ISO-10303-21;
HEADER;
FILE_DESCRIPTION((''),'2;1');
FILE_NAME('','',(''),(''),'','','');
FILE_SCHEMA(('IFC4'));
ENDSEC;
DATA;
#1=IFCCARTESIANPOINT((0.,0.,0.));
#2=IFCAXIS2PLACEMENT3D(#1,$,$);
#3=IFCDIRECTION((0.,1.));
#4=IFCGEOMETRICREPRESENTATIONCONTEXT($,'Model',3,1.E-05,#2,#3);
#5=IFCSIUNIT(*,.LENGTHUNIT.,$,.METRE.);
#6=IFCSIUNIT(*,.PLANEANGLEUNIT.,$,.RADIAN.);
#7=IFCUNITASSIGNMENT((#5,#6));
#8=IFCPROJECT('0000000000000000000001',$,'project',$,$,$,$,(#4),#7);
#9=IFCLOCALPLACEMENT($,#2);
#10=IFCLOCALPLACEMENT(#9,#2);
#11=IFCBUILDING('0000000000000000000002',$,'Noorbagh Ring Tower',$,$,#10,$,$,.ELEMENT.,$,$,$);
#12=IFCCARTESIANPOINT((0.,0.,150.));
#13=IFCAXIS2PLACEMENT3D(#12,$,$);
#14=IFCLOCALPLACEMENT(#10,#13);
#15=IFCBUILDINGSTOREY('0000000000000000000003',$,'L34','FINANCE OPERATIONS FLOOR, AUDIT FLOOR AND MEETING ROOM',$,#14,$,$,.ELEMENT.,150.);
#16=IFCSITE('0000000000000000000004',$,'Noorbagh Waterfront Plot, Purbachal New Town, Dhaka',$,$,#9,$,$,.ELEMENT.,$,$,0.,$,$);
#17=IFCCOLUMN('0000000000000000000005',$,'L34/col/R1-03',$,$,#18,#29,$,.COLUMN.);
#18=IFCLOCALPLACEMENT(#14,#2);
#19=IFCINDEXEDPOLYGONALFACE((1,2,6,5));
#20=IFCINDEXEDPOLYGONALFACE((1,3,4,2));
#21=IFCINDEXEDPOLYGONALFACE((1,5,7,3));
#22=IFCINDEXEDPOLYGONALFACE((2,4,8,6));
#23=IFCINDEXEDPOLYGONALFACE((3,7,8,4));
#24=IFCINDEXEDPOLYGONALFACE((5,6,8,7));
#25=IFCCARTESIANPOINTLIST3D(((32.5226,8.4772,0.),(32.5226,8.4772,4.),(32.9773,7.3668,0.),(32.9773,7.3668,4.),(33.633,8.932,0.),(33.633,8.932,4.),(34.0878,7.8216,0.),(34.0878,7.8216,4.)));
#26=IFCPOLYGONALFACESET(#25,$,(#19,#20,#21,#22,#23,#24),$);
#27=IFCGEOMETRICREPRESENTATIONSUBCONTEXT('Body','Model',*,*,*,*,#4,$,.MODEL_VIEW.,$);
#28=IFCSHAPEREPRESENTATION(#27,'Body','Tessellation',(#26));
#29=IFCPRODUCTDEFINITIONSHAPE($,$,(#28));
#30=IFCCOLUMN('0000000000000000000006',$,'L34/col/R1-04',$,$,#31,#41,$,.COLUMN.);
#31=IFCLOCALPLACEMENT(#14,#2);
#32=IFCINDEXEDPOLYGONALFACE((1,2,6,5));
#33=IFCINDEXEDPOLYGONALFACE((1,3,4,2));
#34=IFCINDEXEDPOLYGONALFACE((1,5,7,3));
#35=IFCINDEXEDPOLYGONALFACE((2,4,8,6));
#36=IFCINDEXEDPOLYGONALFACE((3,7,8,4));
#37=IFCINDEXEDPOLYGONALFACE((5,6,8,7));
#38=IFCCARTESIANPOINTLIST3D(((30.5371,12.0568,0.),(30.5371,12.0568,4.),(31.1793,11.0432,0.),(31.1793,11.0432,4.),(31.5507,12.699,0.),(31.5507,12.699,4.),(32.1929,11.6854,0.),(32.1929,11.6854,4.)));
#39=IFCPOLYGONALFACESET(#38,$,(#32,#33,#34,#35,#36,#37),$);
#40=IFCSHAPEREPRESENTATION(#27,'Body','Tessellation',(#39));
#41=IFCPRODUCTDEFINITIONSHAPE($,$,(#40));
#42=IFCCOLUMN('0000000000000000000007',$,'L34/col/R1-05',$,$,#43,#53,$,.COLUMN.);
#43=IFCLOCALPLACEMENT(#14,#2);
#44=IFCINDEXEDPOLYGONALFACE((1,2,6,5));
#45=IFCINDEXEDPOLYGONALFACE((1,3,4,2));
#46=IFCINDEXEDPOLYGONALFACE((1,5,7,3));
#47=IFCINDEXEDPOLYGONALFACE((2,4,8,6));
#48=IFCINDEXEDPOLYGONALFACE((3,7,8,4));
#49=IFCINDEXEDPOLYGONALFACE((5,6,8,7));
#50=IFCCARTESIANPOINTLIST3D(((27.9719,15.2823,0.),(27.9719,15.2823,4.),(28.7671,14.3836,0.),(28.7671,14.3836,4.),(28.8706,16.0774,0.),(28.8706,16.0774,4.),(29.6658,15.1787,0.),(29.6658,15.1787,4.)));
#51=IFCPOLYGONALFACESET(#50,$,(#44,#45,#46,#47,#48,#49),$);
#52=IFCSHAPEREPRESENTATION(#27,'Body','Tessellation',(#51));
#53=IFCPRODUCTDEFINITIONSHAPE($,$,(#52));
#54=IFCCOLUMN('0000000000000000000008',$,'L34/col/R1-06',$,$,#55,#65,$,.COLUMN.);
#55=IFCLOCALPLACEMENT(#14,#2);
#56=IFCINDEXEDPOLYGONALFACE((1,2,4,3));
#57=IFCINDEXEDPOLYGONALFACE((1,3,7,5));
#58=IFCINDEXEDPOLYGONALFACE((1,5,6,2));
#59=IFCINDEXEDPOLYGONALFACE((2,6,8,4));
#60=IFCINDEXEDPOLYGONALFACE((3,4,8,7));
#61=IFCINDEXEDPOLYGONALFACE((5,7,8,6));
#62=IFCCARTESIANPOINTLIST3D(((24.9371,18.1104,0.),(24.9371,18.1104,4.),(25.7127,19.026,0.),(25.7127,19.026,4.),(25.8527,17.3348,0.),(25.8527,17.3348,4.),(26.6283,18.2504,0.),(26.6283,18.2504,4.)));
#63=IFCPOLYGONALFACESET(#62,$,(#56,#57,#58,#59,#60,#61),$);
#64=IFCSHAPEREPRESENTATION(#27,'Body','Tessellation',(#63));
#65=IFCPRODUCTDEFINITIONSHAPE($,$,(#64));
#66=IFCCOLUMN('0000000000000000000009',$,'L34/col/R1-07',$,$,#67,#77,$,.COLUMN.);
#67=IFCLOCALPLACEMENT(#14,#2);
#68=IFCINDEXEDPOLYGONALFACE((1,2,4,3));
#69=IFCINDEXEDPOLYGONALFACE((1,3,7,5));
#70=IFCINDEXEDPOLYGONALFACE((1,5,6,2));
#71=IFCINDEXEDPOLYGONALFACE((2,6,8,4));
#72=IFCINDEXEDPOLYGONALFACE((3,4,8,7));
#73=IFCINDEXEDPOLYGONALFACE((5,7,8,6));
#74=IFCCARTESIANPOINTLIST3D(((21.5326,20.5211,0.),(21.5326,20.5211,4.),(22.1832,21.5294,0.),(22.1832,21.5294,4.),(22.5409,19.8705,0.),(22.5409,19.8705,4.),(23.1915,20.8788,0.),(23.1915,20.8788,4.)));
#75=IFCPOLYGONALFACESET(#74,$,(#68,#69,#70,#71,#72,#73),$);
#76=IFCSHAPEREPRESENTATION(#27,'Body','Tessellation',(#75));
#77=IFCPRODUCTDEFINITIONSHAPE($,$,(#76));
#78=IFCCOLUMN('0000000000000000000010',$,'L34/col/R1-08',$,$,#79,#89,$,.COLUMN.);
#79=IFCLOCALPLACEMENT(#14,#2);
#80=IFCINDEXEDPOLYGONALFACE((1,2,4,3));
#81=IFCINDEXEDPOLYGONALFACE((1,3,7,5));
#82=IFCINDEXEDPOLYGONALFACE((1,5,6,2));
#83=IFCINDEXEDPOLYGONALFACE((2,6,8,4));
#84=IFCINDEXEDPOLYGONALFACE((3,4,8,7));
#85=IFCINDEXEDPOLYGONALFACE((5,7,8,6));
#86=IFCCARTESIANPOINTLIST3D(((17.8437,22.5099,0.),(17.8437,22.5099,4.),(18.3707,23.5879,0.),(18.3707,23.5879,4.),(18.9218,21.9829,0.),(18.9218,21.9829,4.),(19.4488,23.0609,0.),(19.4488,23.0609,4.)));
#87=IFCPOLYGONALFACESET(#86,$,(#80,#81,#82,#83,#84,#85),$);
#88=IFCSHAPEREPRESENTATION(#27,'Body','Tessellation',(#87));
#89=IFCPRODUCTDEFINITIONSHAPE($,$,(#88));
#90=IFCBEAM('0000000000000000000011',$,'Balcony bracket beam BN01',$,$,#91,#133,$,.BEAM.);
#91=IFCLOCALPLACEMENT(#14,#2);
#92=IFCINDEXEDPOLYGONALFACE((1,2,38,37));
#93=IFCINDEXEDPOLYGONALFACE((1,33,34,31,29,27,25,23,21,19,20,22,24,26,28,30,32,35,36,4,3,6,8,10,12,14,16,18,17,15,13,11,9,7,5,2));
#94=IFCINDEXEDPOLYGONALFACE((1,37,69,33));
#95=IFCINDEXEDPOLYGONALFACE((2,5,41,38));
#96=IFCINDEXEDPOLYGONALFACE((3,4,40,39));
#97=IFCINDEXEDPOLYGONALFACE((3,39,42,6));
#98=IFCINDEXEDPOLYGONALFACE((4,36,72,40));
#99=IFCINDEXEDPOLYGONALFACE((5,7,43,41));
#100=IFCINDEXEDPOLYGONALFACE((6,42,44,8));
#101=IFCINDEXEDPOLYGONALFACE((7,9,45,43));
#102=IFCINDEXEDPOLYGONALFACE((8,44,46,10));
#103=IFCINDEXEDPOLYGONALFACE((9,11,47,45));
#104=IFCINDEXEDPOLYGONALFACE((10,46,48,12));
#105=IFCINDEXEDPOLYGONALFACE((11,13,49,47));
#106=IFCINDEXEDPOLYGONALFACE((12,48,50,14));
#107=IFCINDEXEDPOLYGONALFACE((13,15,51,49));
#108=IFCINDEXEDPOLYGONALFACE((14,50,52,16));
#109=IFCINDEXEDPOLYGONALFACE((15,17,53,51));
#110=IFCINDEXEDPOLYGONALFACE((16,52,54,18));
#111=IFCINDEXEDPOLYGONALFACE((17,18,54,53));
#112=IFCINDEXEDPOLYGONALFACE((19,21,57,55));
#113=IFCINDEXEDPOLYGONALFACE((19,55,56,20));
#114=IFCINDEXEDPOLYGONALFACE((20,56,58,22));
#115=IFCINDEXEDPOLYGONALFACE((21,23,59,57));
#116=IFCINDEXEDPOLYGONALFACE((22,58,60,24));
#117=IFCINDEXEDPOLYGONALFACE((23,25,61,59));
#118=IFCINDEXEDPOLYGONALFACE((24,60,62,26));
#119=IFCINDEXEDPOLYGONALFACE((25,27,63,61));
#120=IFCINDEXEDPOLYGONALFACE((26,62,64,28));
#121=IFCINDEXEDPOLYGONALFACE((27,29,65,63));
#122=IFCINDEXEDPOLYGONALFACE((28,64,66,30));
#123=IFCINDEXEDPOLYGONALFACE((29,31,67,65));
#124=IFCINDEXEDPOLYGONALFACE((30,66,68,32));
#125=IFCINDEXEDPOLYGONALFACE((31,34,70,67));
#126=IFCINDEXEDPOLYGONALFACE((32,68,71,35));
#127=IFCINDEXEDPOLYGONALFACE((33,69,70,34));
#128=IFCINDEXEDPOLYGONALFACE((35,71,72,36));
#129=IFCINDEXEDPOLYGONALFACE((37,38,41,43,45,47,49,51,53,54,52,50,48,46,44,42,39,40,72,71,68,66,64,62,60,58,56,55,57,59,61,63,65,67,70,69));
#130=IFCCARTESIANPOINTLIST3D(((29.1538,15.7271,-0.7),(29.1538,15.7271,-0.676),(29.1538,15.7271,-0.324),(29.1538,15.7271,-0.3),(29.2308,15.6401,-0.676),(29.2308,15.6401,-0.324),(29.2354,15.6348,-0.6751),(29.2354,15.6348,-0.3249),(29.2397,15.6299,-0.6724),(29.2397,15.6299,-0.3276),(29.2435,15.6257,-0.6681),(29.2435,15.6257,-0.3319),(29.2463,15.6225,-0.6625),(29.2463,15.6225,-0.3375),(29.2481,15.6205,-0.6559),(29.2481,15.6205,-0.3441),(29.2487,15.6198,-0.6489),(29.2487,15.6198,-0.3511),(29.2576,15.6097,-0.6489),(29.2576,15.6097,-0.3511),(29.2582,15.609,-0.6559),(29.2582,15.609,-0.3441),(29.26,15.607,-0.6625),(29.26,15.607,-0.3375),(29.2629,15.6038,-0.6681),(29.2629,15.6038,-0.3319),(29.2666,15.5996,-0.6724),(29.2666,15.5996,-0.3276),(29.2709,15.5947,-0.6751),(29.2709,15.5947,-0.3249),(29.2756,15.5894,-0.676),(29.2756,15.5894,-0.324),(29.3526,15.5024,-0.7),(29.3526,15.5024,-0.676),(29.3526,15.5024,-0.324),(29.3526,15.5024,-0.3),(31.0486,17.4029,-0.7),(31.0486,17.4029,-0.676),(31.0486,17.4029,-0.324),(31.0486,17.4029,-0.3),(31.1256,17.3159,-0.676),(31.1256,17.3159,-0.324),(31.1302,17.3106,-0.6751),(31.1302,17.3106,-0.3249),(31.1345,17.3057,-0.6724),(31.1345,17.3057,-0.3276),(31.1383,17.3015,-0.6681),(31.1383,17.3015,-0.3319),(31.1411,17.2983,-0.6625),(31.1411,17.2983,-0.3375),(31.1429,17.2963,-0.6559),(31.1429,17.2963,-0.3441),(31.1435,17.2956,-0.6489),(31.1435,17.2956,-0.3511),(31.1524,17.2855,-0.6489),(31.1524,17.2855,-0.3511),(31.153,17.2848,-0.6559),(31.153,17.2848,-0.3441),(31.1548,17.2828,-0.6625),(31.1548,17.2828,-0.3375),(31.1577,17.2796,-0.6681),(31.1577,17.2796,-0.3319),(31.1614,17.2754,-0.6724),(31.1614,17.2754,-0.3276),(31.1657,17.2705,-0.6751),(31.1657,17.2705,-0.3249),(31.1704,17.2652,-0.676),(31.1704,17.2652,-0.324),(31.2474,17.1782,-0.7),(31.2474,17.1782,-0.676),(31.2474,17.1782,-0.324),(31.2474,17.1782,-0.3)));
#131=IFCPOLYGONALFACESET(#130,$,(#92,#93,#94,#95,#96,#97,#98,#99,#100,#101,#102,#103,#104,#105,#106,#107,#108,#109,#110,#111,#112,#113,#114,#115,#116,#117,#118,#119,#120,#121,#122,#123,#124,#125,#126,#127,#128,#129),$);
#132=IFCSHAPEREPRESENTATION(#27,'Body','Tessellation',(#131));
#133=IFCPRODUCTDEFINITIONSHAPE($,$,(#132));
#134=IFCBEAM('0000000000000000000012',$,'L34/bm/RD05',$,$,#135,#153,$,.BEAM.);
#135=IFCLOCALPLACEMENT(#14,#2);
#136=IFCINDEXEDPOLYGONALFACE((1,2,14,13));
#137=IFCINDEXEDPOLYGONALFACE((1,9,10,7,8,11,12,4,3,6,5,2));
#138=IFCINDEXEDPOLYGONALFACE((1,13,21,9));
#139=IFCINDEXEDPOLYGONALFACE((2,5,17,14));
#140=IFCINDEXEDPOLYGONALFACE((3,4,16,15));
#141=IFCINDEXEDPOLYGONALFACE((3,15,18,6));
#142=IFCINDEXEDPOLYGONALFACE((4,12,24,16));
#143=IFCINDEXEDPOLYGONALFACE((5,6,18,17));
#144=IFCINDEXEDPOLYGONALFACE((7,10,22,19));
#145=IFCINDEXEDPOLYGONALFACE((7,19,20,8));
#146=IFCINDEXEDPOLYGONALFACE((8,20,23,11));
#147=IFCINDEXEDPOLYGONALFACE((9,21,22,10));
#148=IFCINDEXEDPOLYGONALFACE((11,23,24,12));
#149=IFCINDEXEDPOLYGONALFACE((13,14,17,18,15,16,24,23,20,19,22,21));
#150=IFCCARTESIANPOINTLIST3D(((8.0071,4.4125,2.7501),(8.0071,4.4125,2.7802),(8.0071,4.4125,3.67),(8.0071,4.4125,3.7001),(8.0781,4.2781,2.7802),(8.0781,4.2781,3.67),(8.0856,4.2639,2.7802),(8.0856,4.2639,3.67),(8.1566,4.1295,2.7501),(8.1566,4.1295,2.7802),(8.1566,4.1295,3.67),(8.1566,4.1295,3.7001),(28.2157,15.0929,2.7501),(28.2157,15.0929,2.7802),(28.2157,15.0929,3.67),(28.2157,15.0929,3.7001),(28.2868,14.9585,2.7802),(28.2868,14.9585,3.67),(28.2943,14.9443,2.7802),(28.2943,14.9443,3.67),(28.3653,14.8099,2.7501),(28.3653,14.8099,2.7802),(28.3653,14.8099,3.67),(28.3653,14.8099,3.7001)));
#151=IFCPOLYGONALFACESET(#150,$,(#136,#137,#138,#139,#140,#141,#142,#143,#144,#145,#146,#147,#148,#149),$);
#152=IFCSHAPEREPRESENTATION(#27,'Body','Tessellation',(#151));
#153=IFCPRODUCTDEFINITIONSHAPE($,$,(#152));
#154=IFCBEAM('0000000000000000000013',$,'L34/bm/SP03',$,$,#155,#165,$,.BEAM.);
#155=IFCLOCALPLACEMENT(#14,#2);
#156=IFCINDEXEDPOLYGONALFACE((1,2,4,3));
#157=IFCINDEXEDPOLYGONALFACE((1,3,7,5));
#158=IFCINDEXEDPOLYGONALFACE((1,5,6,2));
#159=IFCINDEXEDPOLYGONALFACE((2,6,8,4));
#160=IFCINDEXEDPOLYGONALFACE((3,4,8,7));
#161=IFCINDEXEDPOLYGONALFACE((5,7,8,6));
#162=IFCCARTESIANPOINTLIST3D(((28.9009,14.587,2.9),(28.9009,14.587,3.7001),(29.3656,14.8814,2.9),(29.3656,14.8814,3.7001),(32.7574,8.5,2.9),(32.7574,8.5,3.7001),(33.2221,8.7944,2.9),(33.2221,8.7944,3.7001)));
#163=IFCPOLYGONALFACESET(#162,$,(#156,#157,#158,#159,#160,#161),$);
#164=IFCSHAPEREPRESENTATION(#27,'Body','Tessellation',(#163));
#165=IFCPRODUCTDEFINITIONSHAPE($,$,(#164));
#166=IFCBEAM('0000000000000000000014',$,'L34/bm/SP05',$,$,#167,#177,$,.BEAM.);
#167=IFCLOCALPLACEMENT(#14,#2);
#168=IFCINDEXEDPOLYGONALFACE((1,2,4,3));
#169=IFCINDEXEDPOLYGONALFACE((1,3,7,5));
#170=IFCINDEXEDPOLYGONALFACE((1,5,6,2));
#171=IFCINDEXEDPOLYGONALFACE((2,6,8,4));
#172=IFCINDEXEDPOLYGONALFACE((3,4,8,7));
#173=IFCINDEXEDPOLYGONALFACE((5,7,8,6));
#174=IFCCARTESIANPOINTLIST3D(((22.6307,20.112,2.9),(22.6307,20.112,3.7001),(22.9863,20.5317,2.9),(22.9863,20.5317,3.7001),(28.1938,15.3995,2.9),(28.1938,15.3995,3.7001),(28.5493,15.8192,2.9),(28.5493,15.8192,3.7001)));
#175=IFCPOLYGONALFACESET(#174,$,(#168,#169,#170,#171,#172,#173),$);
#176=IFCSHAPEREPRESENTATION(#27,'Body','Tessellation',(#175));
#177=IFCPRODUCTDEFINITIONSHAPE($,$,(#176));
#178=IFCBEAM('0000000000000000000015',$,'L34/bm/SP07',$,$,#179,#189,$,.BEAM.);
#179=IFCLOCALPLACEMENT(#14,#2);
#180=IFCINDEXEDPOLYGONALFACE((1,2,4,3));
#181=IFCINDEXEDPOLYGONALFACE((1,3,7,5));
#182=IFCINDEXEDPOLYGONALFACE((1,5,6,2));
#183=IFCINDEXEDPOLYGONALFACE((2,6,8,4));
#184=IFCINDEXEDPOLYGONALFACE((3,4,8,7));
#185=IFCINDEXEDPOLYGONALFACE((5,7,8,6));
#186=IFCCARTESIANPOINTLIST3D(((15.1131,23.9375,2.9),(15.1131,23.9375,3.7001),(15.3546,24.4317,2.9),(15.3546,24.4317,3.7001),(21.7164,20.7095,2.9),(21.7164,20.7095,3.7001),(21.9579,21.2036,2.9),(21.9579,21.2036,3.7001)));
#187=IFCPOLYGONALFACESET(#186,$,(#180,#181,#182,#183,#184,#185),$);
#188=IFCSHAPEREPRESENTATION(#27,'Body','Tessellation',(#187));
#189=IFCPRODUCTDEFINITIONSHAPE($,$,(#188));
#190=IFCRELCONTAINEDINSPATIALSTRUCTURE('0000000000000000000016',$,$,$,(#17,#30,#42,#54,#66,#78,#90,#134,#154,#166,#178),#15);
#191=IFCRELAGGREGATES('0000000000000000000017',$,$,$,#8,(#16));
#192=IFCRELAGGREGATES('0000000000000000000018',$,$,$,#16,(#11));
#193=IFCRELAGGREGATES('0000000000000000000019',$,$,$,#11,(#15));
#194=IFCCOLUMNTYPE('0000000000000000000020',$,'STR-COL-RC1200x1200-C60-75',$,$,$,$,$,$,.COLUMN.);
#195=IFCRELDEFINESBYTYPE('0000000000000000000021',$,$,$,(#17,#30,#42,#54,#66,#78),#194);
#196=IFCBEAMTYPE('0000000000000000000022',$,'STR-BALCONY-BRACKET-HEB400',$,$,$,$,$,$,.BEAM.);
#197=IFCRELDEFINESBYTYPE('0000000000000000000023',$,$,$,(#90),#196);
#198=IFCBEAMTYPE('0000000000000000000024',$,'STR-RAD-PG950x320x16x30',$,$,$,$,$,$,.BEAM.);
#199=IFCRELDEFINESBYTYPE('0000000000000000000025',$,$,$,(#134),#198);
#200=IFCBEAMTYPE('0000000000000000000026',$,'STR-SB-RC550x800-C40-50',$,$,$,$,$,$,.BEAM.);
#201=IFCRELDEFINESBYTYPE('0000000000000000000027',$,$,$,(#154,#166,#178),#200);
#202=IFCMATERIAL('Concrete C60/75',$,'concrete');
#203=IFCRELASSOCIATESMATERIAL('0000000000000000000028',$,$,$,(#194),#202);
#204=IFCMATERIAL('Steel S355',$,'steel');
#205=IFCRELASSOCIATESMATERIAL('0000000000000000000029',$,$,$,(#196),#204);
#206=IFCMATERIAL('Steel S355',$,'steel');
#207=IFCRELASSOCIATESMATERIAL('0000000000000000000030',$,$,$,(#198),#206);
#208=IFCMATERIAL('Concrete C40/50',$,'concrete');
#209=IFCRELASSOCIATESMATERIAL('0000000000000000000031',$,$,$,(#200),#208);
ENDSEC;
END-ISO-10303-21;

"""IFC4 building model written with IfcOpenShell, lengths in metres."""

from ifc_helpers import new_model, si_unit, direction, frame, origin, origin_2d, place, context, subcontext, project, spatial, rectangle, i_section, extrude, material, material_profile, profile_set, type_object, element, save


model = new_model("IFC4")

# Units and contexts
model_context = context("Model", 3, precision=1e-05, world=origin(), true_north=direction((0.0, 1.0)))
body_context = subcontext(model_context, "Body", "Model", "MODEL_VIEW")
ifc_project = project(units=[si_unit("LENGTHUNIT", "METRE"), si_unit("PLANEANGLEUNIT", "RADIAN")], contexts=[model_context])

# Site, building, storey
site_placement = place(None, origin())
site = spatial("IfcSite", under=ifc_project, at=site_placement, Name="Noorbagh Waterfront Plot, Purbachal New Town, Dhaka", CompositionType="ELEMENT", RefElevation=0.0)
building_placement = place(site_placement, origin())
building = spatial("IfcBuilding", under=site, at=building_placement, Name="Noorbagh Ring Tower", CompositionType="ELEMENT")
storey_placement = place(building_placement, frame((0.0, 0.0, 150.0)))
storey = spatial("IfcBuildingStorey", under=building, at=storey_placement, Name="L34", Description="FINANCE OPERATIONS FLOOR, AUDIT FLOOR AND MEETING ROOM", CompositionType="ELEMENT", Elevation=150.0)

# Columns
ifc_material_1 = material(Name="Concrete C60/75", Category="concrete")
ifc_material_profile_1 = material_profile(ifc_material_1, rectangle(XDim=1.2, YDim=1.2, at=origin_2d()), Name="RC1200x1200")
ifc_profile_set_1 = profile_set([ifc_material_profile_1], Name="Concrete C60/75")
column_type = type_object("IfcColumnType", Name="STR-COL-RC1200x1200-C60-75", PredefinedType="COLUMN", material=ifc_profile_set_1)
for number, where, z_axis, x_axis, name in (
    (1, (33.3052, 8.1494, 0.0), (0.0, 0.0, 1.0), (-0.378989, 0.925401, 0.0), "L34/col/R1-03"),
    (2, (31.365, 11.8711, 0.0), (0.0, 0.0, 1.0), (-0.53519, 0.844731, 0.0), "L34/col/R1-04"),
    (3, (28.8188, 15.2305, 0.0), (0.0, 0.0, 1.0), (-0.662636, 0.748942, 0.0), "L34/col/R1-05"),
    (4, (25.7827, 18.1804, 0.0), (0.0, 0.0, 1.0), (-0.763035, 0.646357, 0.0), "L34/col/R1-06"),
    (5, (22.3621, 20.7, 0.0), (0.0, 0.0, 1.0), (-0.840248, 0.542203, 0.0), "L34/col/R1-07"),
    (6, (18.6462, 22.7854, 0.0), (0.0, 0.0, 1.0), (-0.898399, 0.43918, 0.0), "L34/col/R1-08"),
):
    element("IfcColumn", number, at=place(storey_placement, frame(where, z_axis=z_axis, x_axis=x_axis)), inside=storey, type_object=column_type, Name=name, PredefinedType="COLUMN", context=body_context, shape_type="SweptSolid", body=[
        extrude(rectangle(XDim=1.2, YDim=1.2, at=origin_2d()), origin(), (0.0, 0.0, 1.0), 4.0),
    ])

# Beams
ifc_material_2 = material(Name="Steel S355", Category="steel")
ifc_material_profile_2 = material_profile(ifc_material_2, i_section(OverallWidth=0.3, OverallDepth=0.3999, WebThickness=0.0134, FlangeThickness=0.0239, FilletRadius=0.0271, at=origin_2d()), Name="HEB400")
ifc_profile_set_2 = profile_set([ifc_material_profile_2], Name="Steel S355")
beam_type_1 = type_object("IfcBeamType", Name="STR-BALCONY-BRACKET-HEB400", PredefinedType="BEAM", material=ifc_profile_set_2)
beam_1_placement = place(storey_placement, frame((29.2532, 15.6147, -0.5), z_axis=(0.749068, 0.662493, 0.0), x_axis=(-0.662493, 0.749068, 0.0)))
element("IfcBeam", 7, at=beam_1_placement, inside=storey, type_object=beam_type_1, Name="Balcony bracket beam BN01", PredefinedType="BEAM", context=body_context, shape_type="SweptSolid", body=[
    extrude(i_section(OverallWidth=0.3, OverallDepth=0.3999, WebThickness=0.0134, FlangeThickness=0.0239, FilletRadius=0.0271, at=origin_2d()), origin(), (0.0, 0.0, 1.0), 2.5295),
])
ifc_material_3 = material(Name="Steel S355", Category="steel")
ifc_material_profile_3 = material_profile(ifc_material_3, i_section(OverallWidth=0.3201, OverallDepth=0.95, WebThickness=0.0161, FlangeThickness=0.03, at=origin_2d()), Name="PG950x320x16x30")
ifc_profile_set_3 = profile_set([ifc_material_profile_3], Name="Steel S355")
beam_type_2 = type_object("IfcBeamType", Name="STR-RAD-PG950x320x16x30", PredefinedType="BEAM", material=ifc_profile_set_3)
beam_2_placement = place(storey_placement, frame((28.2905, 14.9514, 3.2251), z_axis=(-0.884119, -0.467261, 0.0), x_axis=(0.467261, -0.884119, 0.0)))
element("IfcBeam", 8, at=beam_2_placement, inside=storey, type_object=beam_type_2, Name="L34/bm/RD05", PredefinedType="BEAM", context=body_context, shape_type="SweptSolid", body=[
    extrude(i_section(OverallWidth=0.3201, OverallDepth=0.95, WebThickness=0.0161, FlangeThickness=0.03, at=origin_2d()), origin(), (0.0, 0.0, 1.0), 22.8574),
])
ifc_material_4 = material(Name="Concrete C40/50", Category="concrete")
ifc_material_profile_4 = material_profile(ifc_material_4, rectangle(XDim=0.55, YDim=0.8, at=origin_2d()), Name="RC550x800")
ifc_profile_set_4 = profile_set([ifc_material_profile_4], Name="Concrete C40/50")
beam_type_3 = type_object("IfcBeamType", Name="STR-SB-RC550x800-C40-50", PredefinedType="BEAM", material=ifc_profile_set_4)
beam_3_placement = place(storey_placement, frame((32.9897, 8.6472, 3.3), z_axis=(-0.535191, 0.844731, 0.0), x_axis=(-0.844731, -0.535191, 0.0)))
element("IfcBeam", 9, at=beam_3_placement, inside=storey, type_object=beam_type_3, Name="L34/bm/SP03", PredefinedType="BEAM", context=body_context, shape_type="SweptSolid", body=[
    extrude(rectangle(XDim=0.55, YDim=0.8, at=origin_2d()), origin(), (0.0, 0.0, 1.0), 7.2058),
])
beam_4_placement = place(storey_placement, frame((28.3716, 15.6094, 3.3), z_axis=(-0.763031, 0.646362, 0.0), x_axis=(-0.646362, -0.763031, 0.0)))
element("IfcBeam", 10, at=beam_4_placement, inside=storey, type_object=beam_type_3, Name="L34/bm/SP05", PredefinedType="BEAM", context=body_context, shape_type="SweptSolid", body=[
    extrude(rectangle(XDim=0.55, YDim=0.8, at=origin_2d()), origin(), (0.0, 0.0, 1.0), 7.2908),
])
beam_5_placement = place(storey_placement, frame((21.8372, 20.9565, 3.3), z_axis=(-0.898397, 0.439184, 0.0), x_axis=(-0.439184, -0.898397, 0.0)))
element("IfcBeam", 11, at=beam_5_placement, inside=storey, type_object=beam_type_3, Name="L34/bm/SP07", PredefinedType="BEAM", context=body_context, shape_type="SweptSolid", body=[
    extrude(rectangle(XDim=0.55, YDim=0.8, at=origin_2d()), origin(), (0.0, 0.0, 1.0), 7.3501),
])

save(model, "model.ifc")
